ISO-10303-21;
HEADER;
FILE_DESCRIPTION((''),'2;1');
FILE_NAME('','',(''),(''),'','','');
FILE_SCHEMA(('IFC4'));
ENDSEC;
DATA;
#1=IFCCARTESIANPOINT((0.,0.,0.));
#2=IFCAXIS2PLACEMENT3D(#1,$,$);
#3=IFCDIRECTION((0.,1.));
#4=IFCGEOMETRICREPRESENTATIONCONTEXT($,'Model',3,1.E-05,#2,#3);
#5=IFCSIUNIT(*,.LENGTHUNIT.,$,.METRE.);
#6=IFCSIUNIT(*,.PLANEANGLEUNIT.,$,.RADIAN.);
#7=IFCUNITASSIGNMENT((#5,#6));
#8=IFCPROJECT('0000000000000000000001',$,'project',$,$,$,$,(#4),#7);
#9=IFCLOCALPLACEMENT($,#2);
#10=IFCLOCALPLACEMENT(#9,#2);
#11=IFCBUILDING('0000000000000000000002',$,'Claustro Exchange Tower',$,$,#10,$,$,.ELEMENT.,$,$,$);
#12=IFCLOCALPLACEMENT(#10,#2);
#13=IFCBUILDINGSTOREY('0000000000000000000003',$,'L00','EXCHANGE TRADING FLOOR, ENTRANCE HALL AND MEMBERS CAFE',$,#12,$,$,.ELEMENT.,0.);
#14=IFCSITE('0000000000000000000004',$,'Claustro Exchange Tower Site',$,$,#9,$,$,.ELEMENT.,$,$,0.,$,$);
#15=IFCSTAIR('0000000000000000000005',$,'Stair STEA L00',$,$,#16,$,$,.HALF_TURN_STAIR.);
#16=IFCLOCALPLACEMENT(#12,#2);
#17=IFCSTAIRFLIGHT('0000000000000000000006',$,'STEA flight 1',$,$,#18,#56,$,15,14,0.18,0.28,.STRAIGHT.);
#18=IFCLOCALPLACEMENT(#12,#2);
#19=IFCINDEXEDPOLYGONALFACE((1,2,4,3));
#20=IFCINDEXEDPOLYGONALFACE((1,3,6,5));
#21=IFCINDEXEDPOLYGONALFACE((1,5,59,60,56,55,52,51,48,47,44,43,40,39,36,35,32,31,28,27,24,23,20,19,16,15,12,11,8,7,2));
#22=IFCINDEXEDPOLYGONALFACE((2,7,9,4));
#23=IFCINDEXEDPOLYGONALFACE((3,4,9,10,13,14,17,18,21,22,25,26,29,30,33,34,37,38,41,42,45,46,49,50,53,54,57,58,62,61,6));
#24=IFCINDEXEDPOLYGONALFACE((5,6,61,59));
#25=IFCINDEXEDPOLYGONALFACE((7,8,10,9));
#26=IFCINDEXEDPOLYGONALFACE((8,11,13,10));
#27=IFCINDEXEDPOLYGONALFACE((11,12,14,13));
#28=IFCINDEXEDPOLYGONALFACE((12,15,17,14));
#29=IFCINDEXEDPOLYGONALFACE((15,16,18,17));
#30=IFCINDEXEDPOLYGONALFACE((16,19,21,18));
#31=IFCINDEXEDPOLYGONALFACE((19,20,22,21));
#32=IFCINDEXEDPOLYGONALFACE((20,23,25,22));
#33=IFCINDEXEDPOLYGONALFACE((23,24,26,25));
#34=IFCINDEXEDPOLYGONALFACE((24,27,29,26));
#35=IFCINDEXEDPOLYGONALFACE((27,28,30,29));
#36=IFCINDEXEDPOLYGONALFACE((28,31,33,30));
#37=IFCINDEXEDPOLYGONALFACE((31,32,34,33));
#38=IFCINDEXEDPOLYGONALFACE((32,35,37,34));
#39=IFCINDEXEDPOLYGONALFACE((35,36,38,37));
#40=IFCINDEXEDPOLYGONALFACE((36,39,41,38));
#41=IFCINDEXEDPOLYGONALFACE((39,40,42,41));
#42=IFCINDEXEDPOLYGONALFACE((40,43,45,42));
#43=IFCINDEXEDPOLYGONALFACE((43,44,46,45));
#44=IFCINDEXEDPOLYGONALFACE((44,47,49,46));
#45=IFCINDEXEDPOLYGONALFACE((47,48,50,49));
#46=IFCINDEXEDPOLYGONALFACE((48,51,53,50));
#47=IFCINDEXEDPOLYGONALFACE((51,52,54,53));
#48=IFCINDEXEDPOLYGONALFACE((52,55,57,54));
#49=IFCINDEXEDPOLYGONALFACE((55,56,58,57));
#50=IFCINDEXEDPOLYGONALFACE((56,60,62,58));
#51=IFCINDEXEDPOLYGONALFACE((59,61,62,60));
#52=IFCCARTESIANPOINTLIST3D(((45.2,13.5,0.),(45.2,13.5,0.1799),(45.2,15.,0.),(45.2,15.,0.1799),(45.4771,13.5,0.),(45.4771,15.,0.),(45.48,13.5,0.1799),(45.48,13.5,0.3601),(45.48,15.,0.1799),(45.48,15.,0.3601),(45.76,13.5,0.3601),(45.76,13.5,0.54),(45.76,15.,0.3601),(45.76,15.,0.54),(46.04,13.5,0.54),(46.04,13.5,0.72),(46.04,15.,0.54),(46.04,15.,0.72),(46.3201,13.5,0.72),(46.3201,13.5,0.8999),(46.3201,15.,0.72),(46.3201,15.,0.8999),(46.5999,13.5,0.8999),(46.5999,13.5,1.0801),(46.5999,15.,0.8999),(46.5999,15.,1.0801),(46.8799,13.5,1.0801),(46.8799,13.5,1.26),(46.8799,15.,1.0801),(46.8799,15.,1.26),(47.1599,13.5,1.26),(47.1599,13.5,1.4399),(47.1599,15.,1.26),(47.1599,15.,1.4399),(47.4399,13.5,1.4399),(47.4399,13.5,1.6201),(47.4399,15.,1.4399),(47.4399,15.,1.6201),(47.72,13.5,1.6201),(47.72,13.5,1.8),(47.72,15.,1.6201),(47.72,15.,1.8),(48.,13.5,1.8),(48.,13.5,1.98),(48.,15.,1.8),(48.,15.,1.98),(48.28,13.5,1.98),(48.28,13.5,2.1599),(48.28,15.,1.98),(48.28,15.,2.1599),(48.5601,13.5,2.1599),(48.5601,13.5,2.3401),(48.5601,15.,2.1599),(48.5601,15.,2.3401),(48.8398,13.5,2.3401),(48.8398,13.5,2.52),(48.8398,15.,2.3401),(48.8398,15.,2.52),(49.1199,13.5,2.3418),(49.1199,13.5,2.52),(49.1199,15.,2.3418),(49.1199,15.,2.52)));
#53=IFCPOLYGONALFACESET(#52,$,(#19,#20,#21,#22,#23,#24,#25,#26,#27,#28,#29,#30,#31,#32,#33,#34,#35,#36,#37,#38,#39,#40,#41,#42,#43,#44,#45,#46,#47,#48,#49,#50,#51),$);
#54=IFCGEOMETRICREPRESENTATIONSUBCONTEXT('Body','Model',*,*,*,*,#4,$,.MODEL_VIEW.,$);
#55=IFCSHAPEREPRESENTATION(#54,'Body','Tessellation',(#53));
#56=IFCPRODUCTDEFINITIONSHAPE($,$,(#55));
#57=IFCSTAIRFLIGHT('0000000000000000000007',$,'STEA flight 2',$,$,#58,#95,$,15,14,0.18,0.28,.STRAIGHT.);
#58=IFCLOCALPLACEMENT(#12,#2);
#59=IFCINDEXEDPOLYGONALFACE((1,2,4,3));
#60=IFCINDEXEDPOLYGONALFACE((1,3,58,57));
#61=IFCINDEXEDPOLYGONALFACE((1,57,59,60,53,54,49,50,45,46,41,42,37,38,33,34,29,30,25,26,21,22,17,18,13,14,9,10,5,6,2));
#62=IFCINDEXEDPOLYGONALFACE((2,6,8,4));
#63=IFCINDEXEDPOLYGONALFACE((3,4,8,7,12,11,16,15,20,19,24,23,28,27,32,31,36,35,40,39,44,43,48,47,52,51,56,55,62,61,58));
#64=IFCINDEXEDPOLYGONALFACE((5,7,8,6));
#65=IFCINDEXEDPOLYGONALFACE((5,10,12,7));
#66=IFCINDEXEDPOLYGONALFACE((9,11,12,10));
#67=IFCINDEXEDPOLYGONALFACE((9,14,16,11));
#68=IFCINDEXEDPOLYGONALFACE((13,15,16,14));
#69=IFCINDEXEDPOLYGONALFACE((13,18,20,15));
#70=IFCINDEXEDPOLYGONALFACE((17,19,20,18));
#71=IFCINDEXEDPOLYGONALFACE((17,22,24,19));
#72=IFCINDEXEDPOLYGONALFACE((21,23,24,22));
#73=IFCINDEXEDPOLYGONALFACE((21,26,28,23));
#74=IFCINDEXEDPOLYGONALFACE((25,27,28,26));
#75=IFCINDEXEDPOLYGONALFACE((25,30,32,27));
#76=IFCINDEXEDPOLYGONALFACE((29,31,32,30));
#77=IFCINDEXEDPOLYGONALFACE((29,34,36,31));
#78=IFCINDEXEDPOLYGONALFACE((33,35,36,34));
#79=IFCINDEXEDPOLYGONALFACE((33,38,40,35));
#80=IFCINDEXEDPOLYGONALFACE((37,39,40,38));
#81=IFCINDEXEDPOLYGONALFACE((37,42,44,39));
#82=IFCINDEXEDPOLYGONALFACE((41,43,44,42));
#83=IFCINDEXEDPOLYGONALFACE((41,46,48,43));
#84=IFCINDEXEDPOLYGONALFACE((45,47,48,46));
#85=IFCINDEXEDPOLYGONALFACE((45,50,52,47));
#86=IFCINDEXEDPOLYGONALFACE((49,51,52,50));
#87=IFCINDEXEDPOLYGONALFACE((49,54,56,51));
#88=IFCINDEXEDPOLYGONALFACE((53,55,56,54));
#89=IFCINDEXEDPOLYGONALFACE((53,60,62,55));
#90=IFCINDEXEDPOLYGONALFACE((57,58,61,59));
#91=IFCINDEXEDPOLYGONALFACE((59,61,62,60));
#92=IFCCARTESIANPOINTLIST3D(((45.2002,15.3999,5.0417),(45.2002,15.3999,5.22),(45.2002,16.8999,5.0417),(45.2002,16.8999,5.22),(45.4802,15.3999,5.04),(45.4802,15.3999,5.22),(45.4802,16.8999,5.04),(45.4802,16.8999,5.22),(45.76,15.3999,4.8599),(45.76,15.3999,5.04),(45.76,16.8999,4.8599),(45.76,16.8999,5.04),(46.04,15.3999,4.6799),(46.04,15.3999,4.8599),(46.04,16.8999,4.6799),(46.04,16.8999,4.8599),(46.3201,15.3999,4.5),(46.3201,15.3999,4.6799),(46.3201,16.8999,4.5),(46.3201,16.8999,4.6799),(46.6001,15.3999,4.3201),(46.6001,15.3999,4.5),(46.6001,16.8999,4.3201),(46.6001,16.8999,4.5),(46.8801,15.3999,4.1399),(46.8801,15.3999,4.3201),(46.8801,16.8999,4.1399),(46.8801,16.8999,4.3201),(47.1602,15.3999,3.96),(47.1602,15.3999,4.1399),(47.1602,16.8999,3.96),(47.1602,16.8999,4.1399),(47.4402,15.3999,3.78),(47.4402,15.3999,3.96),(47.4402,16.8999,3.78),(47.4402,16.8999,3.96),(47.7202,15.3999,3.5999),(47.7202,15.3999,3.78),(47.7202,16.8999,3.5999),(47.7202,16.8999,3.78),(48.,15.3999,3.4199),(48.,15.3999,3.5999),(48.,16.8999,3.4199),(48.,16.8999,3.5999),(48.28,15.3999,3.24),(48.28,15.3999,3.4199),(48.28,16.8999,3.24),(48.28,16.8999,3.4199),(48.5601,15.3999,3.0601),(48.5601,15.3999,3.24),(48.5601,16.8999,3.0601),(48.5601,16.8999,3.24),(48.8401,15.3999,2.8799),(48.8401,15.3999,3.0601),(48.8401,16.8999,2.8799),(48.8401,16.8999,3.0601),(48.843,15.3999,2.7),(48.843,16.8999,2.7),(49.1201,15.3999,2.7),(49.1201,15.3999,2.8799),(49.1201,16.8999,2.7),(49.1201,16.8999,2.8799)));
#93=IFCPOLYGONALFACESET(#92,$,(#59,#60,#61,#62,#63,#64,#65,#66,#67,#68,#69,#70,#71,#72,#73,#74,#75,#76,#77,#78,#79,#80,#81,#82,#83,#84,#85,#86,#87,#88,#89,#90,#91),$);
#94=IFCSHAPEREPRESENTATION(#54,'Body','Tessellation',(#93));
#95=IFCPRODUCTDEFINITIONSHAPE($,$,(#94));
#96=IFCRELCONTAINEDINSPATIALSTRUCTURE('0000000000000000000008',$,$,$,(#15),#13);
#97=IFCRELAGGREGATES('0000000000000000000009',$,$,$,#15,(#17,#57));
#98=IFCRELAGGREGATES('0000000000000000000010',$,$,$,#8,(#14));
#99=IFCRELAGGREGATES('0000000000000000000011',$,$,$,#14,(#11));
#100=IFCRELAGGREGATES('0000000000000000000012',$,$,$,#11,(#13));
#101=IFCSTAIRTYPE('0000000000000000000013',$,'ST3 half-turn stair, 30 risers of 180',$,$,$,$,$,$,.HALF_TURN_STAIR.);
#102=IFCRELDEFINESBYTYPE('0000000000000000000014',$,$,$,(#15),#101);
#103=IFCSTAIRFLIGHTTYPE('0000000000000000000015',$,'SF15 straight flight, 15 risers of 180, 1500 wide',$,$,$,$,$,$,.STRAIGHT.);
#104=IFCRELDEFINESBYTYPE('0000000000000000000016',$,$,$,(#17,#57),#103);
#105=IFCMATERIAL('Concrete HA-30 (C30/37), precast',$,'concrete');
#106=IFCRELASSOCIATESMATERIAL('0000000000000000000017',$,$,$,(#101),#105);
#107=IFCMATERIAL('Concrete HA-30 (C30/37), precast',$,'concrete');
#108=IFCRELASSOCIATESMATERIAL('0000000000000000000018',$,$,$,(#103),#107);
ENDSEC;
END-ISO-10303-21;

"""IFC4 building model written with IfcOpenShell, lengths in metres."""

from ifc_helpers import new_model, si_unit, direction, frame, origin, place, context, subcontext, project, spatial, polyline, outline, extrude, material, type_object, element, aggregate, save


model = new_model("IFC4")

# Units and contexts
model_context = context("Model", 3, precision=1e-05, world=origin(), true_north=direction((0.0, 1.0)))
body_context = subcontext(model_context, "Body", "Model", "MODEL_VIEW")
ifc_project = project(units=[si_unit("LENGTHUNIT", "METRE"), si_unit("PLANEANGLEUNIT", "RADIAN")], contexts=[model_context])

# Site, building, storey
site_placement = place(None, origin())
site = spatial("IfcSite", under=ifc_project, at=site_placement, Name="Claustro Exchange Tower Site", CompositionType="ELEMENT", RefElevation=0.0)
building_placement = place(site_placement, origin())
building = spatial("IfcBuilding", under=site, at=building_placement, Name="Claustro Exchange Tower", CompositionType="ELEMENT")
storey_placement = place(building_placement, origin())
storey = spatial("IfcBuildingStorey", under=building, at=storey_placement, Name="L00", Description="EXCHANGE TRADING FLOOR, ENTRANCE HALL AND MEMBERS CAFE", CompositionType="ELEMENT", Elevation=0.0)

# Stair, stair flights
ifc_material_1 = material(Name="Concrete HA-30 (C30/37), precast", Category="concrete")
stair_type = type_object("IfcStairType", Name="ST3 half-turn stair, 30 risers of 180", PredefinedType="HALF_TURN_STAIR", material=ifc_material_1)
stair_placement = place(storey_placement, origin())
stair = element("IfcStair", 1, at=stair_placement, inside=storey, type_object=stair_type, Name="Stair STEA L00", PredefinedType="HALF_TURN_STAIR")
ifc_material_2 = material(Name="Concrete HA-30 (C30/37), precast", Category="concrete")
stair_flight_type = type_object("IfcStairFlightType", Name="SF15 straight flight, 15 risers of 180, 1500 wide", PredefinedType="STRAIGHT", material=ifc_material_2)
stair_flight_1_placement = place(storey_placement, frame((45.2, 14.25, 0.0), z_axis=(0.0, 0.0, 1.0), x_axis=(1.0, 0.0, 0.0)))
stair_flight_1 = element("IfcStairFlight", 2, at=stair_flight_1_placement, type_object=stair_flight_type, Name="STEA flight 1", NumberOfRisers=15, NumberOfTreads=14, PredefinedType="STRAIGHT", RiserHeight=0.18, TreadLength=0.28, context=body_context, shape_type="SweptSolid", body=[
    extrude(outline(polyline([(0.0, 0.0), (0.0, 0.1799), (0.28, 0.1799), (0.28, 0.3601), (0.5601, 0.3601), (0.5601, 0.54), (0.8401, 0.54), (0.8401, 0.72), (1.1201, 0.72), (1.1201, 0.8999), (1.3999, 0.8999), (1.3999, 1.0801), (1.6799, 1.0801), (1.6799, 1.26), (1.96, 1.26), (1.96, 1.4399), (2.24, 1.4399), (2.24, 1.6201), (2.52, 1.6201), (2.52, 1.8), (2.8, 1.8), (2.8, 1.98), (3.0801, 1.98), (3.0801, 2.1599), (3.3601, 2.1599), (3.3601, 2.3401), (3.6399, 2.3401), (3.6399, 2.52), (3.9199, 2.52), (3.9199, 2.7), (3.9199, 2.3418), (0.2771, 0.0), (0.0, 0.0)])), frame((0.0, 0.75, 0.0), z_axis=(0.0, -1.0, 0.0), x_axis=(1.0, 0.0, 0.0)), (0.0, 0.0, 1.0), 1.5),
])
stair_flight_2_placement = place(storey_placement, frame((49.1201, 16.1499, 2.7), z_axis=(0.0, 0.0, 1.0), x_axis=(-1.0, 0.0, 0.0)))
stair_flight_2 = element("IfcStairFlight", 3, at=stair_flight_2_placement, type_object=stair_flight_type, Name="STEA flight 2", NumberOfRisers=15, NumberOfTreads=14, PredefinedType="STRAIGHT", RiserHeight=0.18, TreadLength=0.28, context=body_context, shape_type="SweptSolid", body=[
    extrude(outline(polyline([(0.0, 0.0), (0.0, 0.1799), (0.28, 0.1799), (0.28, 0.3601), (0.5601, 0.3601), (0.5601, 0.54), (0.8401, 0.54), (0.8401, 0.72), (1.1201, 0.72), (1.1201, 0.8999), (1.3999, 0.8999), (1.3999, 1.0801), (1.6799, 1.0801), (1.6799, 1.26), (1.96, 1.26), (1.96, 1.4399), (2.24, 1.4399), (2.24, 1.6201), (2.52, 1.6201), (2.52, 1.8), (2.8, 1.8), (2.8, 1.98), (3.0801, 1.98), (3.0801, 2.1599), (3.3601, 2.1599), (3.3601, 2.3401), (3.6399, 2.3401), (3.6399, 2.52), (3.9199, 2.52), (3.9199, 2.7), (3.9199, 2.3418), (0.2771, 0.0), (0.0, 0.0)])), frame((0.0, 0.75, 0.0), z_axis=(0.0, -1.0, 0.0), x_axis=(1.0, 0.0, 0.0)), (0.0, 0.0, 1.0), 1.5),
])
aggregate(stair, [stair_flight_1, stair_flight_2])

save(model, "model.ifc")
